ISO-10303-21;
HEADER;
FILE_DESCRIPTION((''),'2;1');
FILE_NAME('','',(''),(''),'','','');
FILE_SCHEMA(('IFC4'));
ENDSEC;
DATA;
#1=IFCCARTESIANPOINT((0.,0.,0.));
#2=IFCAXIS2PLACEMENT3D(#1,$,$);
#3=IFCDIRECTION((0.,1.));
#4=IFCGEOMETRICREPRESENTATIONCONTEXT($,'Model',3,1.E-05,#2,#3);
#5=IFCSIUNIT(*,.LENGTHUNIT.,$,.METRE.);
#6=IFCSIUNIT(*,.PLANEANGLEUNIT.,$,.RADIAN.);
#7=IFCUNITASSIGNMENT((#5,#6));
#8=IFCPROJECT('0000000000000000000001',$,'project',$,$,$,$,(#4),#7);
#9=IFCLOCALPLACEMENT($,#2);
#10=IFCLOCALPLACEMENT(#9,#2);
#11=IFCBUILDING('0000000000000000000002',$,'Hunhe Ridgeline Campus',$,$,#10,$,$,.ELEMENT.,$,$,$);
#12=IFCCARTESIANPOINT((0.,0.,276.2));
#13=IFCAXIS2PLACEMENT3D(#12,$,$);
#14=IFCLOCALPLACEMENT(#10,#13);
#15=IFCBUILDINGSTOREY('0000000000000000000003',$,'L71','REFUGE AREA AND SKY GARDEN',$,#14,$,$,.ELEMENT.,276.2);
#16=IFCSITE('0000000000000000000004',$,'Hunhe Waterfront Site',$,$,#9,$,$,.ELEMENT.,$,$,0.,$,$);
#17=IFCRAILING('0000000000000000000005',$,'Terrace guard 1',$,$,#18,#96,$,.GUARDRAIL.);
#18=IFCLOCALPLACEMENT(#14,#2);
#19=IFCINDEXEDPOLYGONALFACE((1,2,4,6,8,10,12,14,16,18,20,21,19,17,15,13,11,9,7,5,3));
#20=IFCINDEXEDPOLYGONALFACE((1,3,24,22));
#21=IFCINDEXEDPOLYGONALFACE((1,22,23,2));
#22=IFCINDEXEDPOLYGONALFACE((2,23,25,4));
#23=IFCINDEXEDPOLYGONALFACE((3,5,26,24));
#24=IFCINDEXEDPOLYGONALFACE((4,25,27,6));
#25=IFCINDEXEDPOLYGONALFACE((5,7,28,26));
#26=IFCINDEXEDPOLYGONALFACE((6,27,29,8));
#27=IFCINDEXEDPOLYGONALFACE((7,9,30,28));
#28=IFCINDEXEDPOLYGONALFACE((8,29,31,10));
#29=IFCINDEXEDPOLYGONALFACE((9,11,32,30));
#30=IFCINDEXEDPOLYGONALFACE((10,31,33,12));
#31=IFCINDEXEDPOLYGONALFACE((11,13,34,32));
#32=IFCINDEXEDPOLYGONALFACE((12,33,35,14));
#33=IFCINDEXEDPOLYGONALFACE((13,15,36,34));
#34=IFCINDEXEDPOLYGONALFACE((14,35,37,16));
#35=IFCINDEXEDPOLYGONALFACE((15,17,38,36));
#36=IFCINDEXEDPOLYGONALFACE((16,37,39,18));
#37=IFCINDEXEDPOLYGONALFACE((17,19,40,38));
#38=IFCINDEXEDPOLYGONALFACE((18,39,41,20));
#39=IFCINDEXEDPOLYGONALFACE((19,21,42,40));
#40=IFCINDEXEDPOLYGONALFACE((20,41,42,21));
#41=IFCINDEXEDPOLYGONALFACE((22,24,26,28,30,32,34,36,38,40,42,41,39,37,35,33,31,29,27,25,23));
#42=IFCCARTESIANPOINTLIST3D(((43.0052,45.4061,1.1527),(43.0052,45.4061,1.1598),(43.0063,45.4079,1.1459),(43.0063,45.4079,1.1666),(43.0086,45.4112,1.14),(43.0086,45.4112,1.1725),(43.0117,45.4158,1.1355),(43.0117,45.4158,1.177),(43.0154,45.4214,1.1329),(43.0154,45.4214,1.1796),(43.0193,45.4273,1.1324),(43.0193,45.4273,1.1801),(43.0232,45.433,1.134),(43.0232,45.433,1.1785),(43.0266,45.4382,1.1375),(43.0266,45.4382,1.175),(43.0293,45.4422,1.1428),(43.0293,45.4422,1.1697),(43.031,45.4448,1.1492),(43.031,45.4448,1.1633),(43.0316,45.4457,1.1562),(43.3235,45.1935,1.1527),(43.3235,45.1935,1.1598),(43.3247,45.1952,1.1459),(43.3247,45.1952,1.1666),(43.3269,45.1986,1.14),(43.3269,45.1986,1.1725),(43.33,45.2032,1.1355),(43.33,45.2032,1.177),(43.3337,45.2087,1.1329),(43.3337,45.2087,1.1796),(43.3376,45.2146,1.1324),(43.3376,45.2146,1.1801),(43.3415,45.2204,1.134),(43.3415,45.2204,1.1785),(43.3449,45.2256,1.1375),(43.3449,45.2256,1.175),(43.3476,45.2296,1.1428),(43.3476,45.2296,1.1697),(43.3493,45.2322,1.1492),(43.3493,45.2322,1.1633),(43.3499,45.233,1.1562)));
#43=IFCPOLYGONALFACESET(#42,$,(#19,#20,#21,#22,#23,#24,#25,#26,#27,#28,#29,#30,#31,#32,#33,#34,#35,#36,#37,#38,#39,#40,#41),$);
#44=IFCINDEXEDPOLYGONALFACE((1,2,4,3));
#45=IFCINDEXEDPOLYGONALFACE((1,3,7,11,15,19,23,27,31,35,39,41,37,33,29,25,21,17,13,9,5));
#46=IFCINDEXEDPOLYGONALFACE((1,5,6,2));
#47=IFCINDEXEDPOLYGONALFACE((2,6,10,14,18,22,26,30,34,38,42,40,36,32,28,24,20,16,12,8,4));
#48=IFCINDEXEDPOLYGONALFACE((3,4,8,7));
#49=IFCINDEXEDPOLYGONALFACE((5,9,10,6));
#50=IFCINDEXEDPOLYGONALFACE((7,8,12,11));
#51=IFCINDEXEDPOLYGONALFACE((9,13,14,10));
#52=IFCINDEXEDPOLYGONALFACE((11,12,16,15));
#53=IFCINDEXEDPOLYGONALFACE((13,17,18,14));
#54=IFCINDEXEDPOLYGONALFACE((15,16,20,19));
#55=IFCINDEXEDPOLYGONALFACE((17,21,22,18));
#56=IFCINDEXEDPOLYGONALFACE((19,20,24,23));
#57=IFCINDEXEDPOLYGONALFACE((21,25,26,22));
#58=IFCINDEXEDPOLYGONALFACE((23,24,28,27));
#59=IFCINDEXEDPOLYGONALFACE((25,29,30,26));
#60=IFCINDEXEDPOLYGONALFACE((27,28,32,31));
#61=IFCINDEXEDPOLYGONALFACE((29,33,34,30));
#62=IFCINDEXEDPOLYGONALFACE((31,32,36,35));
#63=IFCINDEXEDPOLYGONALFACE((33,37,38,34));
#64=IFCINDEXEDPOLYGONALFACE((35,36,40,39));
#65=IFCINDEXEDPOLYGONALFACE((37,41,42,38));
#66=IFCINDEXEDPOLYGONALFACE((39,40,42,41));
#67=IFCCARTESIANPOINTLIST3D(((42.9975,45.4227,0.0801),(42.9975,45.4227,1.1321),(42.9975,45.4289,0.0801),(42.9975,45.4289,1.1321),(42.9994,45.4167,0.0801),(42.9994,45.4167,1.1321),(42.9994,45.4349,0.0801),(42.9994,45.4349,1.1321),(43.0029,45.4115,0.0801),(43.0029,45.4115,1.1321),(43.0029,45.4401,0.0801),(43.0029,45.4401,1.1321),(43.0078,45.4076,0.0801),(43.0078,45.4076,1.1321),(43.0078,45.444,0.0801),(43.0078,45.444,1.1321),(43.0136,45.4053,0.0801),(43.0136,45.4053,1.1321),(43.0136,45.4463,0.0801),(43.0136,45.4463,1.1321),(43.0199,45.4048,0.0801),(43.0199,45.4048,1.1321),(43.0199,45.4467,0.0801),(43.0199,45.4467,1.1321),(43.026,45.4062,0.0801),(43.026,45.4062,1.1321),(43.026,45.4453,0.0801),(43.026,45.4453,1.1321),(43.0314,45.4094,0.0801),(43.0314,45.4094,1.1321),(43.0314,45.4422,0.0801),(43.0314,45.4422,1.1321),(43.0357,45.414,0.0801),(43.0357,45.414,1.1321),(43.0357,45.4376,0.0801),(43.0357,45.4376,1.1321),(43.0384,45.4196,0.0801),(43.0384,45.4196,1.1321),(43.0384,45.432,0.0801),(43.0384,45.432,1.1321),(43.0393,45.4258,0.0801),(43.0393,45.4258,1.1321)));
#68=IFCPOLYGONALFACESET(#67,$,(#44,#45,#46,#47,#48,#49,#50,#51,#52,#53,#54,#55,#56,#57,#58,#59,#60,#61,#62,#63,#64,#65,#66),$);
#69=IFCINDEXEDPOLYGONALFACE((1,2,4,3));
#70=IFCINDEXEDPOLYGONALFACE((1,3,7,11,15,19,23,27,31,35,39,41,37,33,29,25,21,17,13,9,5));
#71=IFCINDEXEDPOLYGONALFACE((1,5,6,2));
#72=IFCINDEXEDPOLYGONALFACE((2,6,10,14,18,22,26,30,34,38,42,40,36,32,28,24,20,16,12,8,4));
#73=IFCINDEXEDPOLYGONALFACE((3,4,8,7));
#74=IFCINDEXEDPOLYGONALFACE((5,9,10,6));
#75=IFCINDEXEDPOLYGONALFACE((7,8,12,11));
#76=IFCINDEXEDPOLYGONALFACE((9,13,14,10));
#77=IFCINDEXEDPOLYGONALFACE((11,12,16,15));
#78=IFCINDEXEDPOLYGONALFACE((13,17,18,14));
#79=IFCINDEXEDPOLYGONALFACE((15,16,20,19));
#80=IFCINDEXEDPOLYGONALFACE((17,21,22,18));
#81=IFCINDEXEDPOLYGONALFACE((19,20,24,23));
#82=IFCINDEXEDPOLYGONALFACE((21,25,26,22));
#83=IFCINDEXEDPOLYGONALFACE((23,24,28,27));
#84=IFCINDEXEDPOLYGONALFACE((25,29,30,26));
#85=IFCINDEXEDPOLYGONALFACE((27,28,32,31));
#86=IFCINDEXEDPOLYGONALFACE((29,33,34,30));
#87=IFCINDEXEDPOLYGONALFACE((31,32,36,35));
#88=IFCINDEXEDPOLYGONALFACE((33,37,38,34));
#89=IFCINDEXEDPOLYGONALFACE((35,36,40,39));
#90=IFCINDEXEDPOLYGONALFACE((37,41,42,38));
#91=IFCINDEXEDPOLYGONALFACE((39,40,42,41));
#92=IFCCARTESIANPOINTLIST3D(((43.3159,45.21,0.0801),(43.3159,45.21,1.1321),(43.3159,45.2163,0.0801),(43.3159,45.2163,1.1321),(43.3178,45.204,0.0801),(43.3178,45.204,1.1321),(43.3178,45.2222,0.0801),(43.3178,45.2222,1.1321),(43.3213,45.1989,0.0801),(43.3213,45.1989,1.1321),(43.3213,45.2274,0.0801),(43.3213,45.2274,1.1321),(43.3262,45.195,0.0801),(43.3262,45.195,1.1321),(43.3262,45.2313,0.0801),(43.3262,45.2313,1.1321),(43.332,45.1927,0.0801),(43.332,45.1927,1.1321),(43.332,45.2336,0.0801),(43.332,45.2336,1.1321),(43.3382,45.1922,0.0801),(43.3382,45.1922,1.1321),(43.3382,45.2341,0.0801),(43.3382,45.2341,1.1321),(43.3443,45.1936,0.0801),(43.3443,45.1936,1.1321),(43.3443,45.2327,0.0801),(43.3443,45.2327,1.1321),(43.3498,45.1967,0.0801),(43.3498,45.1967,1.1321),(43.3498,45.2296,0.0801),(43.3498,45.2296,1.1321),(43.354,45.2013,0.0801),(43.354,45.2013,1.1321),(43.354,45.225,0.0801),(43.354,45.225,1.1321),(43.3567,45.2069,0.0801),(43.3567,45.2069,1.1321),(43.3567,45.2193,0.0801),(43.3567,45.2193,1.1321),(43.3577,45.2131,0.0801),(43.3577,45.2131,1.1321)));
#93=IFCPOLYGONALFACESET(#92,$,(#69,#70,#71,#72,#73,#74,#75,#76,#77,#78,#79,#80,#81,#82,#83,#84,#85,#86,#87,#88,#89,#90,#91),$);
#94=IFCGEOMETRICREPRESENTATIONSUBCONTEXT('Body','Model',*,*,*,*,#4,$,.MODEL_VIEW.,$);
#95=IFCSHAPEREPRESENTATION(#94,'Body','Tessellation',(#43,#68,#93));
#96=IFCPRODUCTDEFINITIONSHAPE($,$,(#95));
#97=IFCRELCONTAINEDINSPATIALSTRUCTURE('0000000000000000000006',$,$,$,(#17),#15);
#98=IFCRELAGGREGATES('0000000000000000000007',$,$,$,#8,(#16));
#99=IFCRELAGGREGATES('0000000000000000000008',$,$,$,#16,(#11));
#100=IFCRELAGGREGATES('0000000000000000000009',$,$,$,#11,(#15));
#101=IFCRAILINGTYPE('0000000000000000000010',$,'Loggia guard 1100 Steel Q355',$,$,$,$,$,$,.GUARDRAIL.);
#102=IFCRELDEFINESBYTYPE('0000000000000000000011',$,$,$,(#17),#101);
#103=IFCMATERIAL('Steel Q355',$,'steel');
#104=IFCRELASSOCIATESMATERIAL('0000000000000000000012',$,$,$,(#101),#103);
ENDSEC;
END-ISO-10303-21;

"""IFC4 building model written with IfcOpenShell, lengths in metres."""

from ifc_helpers import new_model, si_unit, direction, frame, origin, origin_2d, place, context, subcontext, project, spatial, circle, extrude, material, type_object, element, save


model = new_model("IFC4")

# Units and contexts
model_context = context("Model", 3, precision=1e-05, world=origin(), true_north=direction((0.0, 1.0)))
body_context = subcontext(model_context, "Body", "Model", "MODEL_VIEW")
ifc_project = project(units=[si_unit("LENGTHUNIT", "METRE"), si_unit("PLANEANGLEUNIT", "RADIAN")], contexts=[model_context])

# Site, building, storey
site_placement = place(None, origin())
site = spatial("IfcSite", under=ifc_project, at=site_placement, Name="Hunhe Waterfront Site", CompositionType="ELEMENT", RefElevation=0.0)
building_placement = place(site_placement, origin())
building = spatial("IfcBuilding", under=site, at=building_placement, Name="Hunhe Ridgeline Campus", CompositionType="ELEMENT")
storey_placement = place(building_placement, frame((0.0, 0.0, 276.2)))
storey = spatial("IfcBuildingStorey", under=building, at=storey_placement, Name="L71", Description="REFUGE AREA AND SKY GARDEN", CompositionType="ELEMENT", Elevation=276.2)

# Railing
ifc_material_1 = material(Name="Steel Q355", Category="steel")
railing_type = type_object("IfcRailingType", Name="Loggia guard 1100 Steel Q355", PredefinedType="GUARDRAIL", material=ifc_material_1)
railing_1_placement = place(storey_placement, frame((43.0183, 45.4258, 0.0801)))
element("IfcRailing", 1, at=railing_1_placement, inside=storey, type_object=railing_type, Name="Terrace guard 1", PredefinedType="GUARDRAIL", context=body_context, shape_type="SweptSolid", body=[
    extrude(circle(Radius=0.0239, at=origin_2d()), frame((0.0, 0.0, 1.0762), z_axis=(0.831559, -0.555436, 0.0), x_axis=(0.555436, 0.831559, 0.0)), (0.0, 0.0, 1.0), 0.3828),
    extrude(circle(Radius=0.021, at=origin_2d()), origin(), (0.0, 0.0, 1.0), 1.052),
    extrude(circle(Radius=0.021, at=origin_2d()), frame((0.3184, -0.2126, 0.0)), (0.0, 0.0, 1.0), 1.052),
])

save(model, "model.ifc")
